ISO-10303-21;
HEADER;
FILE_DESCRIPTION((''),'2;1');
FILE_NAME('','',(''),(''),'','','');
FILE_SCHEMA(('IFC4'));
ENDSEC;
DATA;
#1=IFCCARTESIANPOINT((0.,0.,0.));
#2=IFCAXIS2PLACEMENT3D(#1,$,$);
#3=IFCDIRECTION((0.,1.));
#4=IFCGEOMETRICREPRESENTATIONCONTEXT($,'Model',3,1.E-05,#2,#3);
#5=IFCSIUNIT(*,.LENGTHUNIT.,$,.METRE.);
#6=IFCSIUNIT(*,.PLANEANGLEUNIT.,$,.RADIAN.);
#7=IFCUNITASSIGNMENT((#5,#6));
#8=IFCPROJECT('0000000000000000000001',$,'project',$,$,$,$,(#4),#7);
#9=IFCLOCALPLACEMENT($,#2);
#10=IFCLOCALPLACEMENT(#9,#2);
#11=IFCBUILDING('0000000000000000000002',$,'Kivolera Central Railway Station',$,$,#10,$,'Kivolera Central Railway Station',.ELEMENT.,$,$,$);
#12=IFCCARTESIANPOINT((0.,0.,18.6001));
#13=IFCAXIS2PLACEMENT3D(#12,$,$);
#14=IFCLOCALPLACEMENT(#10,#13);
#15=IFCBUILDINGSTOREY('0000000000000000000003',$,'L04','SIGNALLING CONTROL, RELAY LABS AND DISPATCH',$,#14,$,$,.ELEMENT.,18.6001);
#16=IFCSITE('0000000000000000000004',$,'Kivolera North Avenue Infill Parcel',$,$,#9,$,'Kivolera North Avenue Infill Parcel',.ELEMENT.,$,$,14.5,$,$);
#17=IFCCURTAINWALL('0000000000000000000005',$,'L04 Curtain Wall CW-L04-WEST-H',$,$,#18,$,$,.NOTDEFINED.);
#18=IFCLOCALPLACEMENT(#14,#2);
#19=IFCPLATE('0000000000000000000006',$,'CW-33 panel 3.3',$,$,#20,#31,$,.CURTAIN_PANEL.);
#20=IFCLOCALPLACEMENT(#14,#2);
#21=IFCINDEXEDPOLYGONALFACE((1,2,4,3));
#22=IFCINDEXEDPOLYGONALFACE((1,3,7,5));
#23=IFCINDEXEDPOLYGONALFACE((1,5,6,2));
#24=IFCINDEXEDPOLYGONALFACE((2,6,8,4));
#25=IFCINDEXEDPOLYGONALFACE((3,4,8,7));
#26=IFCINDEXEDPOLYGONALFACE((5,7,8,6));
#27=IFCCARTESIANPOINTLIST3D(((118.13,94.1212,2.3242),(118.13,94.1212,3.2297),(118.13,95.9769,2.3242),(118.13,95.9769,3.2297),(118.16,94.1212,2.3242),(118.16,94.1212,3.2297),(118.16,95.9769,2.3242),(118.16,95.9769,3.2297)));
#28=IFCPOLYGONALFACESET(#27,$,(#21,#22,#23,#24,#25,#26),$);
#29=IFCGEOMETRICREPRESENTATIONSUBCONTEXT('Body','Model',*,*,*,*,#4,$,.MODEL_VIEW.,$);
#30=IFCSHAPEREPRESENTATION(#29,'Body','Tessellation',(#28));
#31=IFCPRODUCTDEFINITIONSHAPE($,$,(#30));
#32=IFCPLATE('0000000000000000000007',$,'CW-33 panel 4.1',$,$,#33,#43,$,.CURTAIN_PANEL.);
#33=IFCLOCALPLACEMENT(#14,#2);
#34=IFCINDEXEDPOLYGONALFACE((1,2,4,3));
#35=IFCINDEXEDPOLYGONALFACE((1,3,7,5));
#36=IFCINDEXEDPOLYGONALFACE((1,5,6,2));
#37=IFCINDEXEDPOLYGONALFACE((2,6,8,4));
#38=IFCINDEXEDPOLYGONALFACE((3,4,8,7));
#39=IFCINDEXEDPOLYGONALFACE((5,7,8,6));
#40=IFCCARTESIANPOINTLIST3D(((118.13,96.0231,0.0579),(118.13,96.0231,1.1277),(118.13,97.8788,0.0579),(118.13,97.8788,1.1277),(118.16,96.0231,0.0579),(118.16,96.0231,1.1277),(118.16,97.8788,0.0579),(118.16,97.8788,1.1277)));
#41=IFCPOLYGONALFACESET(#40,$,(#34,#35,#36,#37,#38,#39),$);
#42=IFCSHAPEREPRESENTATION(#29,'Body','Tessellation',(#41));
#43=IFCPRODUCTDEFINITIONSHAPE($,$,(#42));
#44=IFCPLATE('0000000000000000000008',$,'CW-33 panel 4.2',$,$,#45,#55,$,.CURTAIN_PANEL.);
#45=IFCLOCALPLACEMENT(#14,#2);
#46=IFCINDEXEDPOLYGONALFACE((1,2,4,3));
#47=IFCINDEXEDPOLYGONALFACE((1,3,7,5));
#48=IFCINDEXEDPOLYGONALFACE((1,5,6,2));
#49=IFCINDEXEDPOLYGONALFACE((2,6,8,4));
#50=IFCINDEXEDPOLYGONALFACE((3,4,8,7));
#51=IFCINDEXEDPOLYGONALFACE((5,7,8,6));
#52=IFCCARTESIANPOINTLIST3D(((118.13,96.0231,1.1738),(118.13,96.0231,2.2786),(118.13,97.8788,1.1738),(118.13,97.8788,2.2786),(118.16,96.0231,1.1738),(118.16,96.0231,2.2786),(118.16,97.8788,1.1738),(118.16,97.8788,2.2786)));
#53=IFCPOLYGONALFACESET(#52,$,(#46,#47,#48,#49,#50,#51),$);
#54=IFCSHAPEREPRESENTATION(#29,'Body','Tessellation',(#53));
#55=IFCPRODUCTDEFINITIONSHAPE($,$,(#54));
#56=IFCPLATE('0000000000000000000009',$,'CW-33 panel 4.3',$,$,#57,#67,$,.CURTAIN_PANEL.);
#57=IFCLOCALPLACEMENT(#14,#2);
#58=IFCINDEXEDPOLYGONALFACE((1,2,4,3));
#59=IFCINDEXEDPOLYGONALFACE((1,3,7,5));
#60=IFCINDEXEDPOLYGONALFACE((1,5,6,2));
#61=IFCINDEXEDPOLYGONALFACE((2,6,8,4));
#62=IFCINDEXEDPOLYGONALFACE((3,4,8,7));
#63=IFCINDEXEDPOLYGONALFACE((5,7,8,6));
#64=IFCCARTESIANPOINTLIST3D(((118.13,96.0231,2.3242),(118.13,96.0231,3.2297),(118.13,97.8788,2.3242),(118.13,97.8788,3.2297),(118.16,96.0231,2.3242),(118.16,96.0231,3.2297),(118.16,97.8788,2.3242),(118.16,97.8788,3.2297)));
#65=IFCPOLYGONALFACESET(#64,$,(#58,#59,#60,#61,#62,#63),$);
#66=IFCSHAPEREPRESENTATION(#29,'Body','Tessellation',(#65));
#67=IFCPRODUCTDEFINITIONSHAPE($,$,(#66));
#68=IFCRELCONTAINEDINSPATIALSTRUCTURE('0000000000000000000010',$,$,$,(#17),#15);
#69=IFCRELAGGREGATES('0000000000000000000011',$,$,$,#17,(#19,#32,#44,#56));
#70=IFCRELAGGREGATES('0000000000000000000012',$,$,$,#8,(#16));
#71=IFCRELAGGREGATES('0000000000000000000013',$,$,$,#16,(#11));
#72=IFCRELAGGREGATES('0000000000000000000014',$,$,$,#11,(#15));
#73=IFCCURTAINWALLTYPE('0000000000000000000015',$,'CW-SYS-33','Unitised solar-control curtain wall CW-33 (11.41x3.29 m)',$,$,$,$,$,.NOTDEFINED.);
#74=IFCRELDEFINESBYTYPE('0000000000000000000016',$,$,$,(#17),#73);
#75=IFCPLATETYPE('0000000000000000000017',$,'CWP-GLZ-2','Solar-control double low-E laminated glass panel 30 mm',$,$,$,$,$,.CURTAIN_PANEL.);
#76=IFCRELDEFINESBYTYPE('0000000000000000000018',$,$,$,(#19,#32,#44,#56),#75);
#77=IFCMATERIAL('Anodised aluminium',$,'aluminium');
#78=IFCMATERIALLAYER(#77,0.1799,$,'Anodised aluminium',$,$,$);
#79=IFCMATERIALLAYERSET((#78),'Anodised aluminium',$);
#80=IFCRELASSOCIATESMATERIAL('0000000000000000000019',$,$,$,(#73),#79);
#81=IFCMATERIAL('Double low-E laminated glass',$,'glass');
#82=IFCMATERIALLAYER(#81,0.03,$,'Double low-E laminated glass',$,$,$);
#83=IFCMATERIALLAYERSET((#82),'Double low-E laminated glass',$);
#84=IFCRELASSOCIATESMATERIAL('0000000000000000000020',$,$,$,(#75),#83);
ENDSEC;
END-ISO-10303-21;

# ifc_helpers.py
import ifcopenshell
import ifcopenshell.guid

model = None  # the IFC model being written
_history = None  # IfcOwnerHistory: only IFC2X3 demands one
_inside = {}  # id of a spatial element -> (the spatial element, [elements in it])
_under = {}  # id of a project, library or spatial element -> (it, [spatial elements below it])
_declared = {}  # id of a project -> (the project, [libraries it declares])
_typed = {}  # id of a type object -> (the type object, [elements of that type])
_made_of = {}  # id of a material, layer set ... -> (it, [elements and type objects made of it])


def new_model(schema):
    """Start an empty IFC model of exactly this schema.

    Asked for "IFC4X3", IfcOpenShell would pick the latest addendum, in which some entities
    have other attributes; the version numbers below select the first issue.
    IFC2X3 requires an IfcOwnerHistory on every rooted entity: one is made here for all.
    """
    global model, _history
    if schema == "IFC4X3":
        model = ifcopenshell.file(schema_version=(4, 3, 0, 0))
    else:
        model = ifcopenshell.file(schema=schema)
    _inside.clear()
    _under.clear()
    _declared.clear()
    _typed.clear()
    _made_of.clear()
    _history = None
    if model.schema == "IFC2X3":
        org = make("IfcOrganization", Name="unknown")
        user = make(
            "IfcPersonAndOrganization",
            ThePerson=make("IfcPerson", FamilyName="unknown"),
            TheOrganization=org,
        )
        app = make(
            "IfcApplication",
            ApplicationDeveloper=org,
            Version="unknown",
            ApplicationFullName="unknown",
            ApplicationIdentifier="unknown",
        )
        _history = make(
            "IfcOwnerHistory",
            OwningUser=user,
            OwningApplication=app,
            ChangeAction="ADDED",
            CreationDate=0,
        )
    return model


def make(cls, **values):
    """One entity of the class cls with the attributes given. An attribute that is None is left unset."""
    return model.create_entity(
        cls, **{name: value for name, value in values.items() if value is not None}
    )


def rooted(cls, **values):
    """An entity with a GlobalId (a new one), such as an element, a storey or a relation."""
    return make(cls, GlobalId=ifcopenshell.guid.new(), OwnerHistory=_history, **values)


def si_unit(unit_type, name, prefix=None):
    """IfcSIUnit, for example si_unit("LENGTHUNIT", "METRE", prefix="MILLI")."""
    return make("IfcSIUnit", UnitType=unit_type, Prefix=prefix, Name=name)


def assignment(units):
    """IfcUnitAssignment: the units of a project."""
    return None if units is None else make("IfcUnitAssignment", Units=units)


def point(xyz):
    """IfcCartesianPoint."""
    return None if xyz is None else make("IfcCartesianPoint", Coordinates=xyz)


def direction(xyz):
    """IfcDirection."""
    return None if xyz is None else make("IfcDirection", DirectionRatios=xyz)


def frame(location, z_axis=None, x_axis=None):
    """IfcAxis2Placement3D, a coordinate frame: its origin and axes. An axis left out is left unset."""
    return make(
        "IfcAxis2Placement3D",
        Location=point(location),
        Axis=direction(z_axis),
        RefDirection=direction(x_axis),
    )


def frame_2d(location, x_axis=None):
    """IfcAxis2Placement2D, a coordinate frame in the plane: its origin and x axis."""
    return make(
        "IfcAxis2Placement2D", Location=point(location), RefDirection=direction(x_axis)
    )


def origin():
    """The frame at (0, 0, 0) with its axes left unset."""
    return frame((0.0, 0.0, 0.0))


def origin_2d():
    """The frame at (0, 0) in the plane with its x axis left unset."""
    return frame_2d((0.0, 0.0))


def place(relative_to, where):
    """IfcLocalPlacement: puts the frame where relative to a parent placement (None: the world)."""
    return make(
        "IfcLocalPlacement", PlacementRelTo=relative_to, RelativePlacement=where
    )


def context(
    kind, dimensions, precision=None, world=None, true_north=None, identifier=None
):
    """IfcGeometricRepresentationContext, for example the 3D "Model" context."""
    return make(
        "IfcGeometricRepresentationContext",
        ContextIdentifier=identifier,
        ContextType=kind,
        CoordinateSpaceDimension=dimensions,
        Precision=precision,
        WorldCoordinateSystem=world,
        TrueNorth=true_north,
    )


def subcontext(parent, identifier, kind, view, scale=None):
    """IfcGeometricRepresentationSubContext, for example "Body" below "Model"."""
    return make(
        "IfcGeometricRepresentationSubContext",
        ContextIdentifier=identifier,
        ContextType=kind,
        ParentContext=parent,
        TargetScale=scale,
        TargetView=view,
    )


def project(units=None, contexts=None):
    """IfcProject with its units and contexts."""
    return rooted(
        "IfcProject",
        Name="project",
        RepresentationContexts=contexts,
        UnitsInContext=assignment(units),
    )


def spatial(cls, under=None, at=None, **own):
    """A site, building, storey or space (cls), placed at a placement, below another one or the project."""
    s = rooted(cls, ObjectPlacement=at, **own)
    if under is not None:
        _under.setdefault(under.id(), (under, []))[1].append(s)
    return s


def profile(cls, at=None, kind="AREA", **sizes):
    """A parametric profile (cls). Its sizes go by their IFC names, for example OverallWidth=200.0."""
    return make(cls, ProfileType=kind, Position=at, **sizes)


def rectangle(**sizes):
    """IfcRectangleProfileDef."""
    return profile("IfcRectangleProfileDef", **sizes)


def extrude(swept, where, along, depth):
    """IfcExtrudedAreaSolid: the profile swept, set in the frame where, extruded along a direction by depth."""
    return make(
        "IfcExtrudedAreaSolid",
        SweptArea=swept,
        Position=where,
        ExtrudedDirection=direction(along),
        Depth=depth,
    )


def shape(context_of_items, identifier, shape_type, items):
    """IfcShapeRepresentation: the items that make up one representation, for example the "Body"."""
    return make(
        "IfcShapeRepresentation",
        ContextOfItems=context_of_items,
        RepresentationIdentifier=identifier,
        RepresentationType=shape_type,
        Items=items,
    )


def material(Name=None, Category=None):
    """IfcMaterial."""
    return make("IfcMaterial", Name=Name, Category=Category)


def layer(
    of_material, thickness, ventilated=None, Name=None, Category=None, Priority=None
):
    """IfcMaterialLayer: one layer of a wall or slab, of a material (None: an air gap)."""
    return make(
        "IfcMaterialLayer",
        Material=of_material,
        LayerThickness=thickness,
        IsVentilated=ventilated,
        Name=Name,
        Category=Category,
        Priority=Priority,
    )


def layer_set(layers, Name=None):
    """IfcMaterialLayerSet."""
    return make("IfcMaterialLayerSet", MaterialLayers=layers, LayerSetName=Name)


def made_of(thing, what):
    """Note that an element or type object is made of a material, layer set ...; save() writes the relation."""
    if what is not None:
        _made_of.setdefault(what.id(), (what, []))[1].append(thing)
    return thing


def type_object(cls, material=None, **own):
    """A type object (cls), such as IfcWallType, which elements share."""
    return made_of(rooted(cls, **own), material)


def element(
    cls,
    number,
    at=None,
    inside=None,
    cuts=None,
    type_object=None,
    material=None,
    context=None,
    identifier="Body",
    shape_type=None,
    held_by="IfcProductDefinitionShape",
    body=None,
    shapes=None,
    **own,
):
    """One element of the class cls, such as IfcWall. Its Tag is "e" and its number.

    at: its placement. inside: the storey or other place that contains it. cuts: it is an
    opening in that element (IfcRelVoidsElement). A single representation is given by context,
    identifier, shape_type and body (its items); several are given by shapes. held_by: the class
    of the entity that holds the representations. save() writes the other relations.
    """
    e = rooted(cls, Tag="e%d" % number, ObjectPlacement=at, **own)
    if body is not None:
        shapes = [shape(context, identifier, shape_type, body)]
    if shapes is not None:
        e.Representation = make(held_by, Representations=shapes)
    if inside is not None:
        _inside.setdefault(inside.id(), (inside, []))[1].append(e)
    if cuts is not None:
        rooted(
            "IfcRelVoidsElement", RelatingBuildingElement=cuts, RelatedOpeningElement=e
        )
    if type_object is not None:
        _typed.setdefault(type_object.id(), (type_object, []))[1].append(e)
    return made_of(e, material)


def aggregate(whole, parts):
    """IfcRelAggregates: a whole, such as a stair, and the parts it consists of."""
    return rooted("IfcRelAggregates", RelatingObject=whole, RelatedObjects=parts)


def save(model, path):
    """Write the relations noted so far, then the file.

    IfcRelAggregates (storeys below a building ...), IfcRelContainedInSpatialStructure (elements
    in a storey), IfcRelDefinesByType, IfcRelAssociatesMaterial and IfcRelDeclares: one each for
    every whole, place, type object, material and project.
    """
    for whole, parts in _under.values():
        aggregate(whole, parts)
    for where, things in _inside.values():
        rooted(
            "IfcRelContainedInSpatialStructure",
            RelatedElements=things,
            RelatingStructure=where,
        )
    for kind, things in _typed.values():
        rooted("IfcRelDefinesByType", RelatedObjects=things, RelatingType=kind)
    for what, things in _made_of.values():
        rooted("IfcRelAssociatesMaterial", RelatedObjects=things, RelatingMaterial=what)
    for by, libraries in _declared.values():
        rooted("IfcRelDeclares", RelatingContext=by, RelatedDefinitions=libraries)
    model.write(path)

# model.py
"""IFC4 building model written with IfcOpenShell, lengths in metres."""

from ifc_helpers import new_model, si_unit, direction, frame, origin, origin_2d, place, context, subcontext, project, spatial, rectangle, extrude, material, layer, layer_set, type_object, element, aggregate, save


model = new_model("IFC4")

# Units and contexts
model_context = context("Model", 3, precision=1e-05, world=origin(), true_north=direction((0.0, 1.0)))
body_context = subcontext(model_context, "Body", "Model", "MODEL_VIEW")
ifc_project = project(units=[si_unit("LENGTHUNIT", "METRE"), si_unit("PLANEANGLEUNIT", "RADIAN")], contexts=[model_context])

# Site, building, storey
site_placement = place(None, origin())
site = spatial("IfcSite", under=ifc_project, at=site_placement, Name="Kivolera North Avenue Infill Parcel", LongName="Kivolera North Avenue Infill Parcel", CompositionType="ELEMENT", RefElevation=14.5)
building_placement = place(site_placement, origin())
building = spatial("IfcBuilding", under=site, at=building_placement, Name="Kivolera Central Railway Station", LongName="Kivolera Central Railway Station", CompositionType="ELEMENT")
storey_placement = place(building_placement, frame((0.0, 0.0, 18.6001)))
storey = spatial("IfcBuildingStorey", under=building, at=storey_placement, Name="L04", Description="SIGNALLING CONTROL, RELAY LABS AND DISPATCH", CompositionType="ELEMENT", Elevation=18.6001)

# Curtain wall, plates
ifc_material_1 = material(Name="Anodised aluminium", Category="aluminium")
ifc_layer_1 = layer(ifc_material_1, 0.1799, Name="Anodised aluminium")
ifc_layer_set_1 = layer_set([ifc_layer_1], Name="Anodised aluminium")
curtain_wall_type = type_object("IfcCurtainWallType", Name="CW-SYS-33", Description="Unitised solar-control curtain wall CW-33 (11.41x3.29 m)", PredefinedType="NOTDEFINED", material=ifc_layer_set_1)
curtain_wall_placement = place(storey_placement, origin())
curtain_wall = element("IfcCurtainWall", 1, at=curtain_wall_placement, inside=storey, type_object=curtain_wall_type, Name="L04 Curtain Wall CW-L04-WEST-H", PredefinedType="NOTDEFINED")
ifc_material_2 = material(Name="Double low-E laminated glass", Category="glass")
ifc_layer_2 = layer(ifc_material_2, 0.03, Name="Double low-E laminated glass")
ifc_layer_set_2 = layer_set([ifc_layer_2], Name="Double low-E laminated glass")
plate_type = type_object("IfcPlateType", Name="CWP-GLZ-2", Description="Solar-control double low-E laminated glass panel 30 mm", PredefinedType="CURTAIN_PANEL", material=ifc_layer_set_2)
plate_1_placement = place(storey_placement, frame((118.145, 95.0491, 2.3242), z_axis=(0.0, 0.0, 1.0), x_axis=(0.0, 1.0, 0.0)))
plate_1 = element("IfcPlate", 2, at=plate_1_placement, type_object=plate_type, Name="CW-33 panel 3.3", PredefinedType="CURTAIN_PANEL", context=body_context, shape_type="SweptSolid", body=[
    extrude(rectangle(XDim=1.8557, YDim=0.03, at=origin_2d()), origin(), (0.0, 0.0, 1.0), 0.9055),
])
plate_2_placement = place(storey_placement, frame((118.145, 96.9509, 0.0579), z_axis=(0.0, 0.0, 1.0), x_axis=(0.0, 1.0, 0.0)))
plate_2 = element("IfcPlate", 3, at=plate_2_placement, type_object=plate_type, Name="CW-33 panel 4.1", PredefinedType="CURTAIN_PANEL", context=body_context, shape_type="SweptSolid", body=[
    extrude(rectangle(XDim=1.8557, YDim=0.03, at=origin_2d()), origin(), (0.0, 0.0, 1.0), 1.0698),
])
plate_3_placement = place(storey_placement, frame((118.145, 96.9509, 1.1738), z_axis=(0.0, 0.0, 1.0), x_axis=(0.0, 1.0, 0.0)))
plate_3 = element("IfcPlate", 4, at=plate_3_placement, type_object=plate_type, Name="CW-33 panel 4.2", PredefinedType="CURTAIN_PANEL", context=body_context, shape_type="SweptSolid", body=[
    extrude(rectangle(XDim=1.8557, YDim=0.03, at=origin_2d()), origin(), (0.0, 0.0, 1.0), 1.1047),
])
plate_4_placement = place(storey_placement, frame((118.145, 96.9509, 2.3242), z_axis=(0.0, 0.0, 1.0), x_axis=(0.0, 1.0, 0.0)))
plate_4 = element("IfcPlate", 5, at=plate_4_placement, type_object=plate_type, Name="CW-33 panel 4.3", PredefinedType="CURTAIN_PANEL", context=body_context, shape_type="SweptSolid", body=[
    extrude(rectangle(XDim=1.8557, YDim=0.03, at=origin_2d()), origin(), (0.0, 0.0, 1.0), 0.9055),
])
aggregate(curtain_wall, [plate_1, plate_2, plate_3, plate_4])

save(model, "model.ifc")
